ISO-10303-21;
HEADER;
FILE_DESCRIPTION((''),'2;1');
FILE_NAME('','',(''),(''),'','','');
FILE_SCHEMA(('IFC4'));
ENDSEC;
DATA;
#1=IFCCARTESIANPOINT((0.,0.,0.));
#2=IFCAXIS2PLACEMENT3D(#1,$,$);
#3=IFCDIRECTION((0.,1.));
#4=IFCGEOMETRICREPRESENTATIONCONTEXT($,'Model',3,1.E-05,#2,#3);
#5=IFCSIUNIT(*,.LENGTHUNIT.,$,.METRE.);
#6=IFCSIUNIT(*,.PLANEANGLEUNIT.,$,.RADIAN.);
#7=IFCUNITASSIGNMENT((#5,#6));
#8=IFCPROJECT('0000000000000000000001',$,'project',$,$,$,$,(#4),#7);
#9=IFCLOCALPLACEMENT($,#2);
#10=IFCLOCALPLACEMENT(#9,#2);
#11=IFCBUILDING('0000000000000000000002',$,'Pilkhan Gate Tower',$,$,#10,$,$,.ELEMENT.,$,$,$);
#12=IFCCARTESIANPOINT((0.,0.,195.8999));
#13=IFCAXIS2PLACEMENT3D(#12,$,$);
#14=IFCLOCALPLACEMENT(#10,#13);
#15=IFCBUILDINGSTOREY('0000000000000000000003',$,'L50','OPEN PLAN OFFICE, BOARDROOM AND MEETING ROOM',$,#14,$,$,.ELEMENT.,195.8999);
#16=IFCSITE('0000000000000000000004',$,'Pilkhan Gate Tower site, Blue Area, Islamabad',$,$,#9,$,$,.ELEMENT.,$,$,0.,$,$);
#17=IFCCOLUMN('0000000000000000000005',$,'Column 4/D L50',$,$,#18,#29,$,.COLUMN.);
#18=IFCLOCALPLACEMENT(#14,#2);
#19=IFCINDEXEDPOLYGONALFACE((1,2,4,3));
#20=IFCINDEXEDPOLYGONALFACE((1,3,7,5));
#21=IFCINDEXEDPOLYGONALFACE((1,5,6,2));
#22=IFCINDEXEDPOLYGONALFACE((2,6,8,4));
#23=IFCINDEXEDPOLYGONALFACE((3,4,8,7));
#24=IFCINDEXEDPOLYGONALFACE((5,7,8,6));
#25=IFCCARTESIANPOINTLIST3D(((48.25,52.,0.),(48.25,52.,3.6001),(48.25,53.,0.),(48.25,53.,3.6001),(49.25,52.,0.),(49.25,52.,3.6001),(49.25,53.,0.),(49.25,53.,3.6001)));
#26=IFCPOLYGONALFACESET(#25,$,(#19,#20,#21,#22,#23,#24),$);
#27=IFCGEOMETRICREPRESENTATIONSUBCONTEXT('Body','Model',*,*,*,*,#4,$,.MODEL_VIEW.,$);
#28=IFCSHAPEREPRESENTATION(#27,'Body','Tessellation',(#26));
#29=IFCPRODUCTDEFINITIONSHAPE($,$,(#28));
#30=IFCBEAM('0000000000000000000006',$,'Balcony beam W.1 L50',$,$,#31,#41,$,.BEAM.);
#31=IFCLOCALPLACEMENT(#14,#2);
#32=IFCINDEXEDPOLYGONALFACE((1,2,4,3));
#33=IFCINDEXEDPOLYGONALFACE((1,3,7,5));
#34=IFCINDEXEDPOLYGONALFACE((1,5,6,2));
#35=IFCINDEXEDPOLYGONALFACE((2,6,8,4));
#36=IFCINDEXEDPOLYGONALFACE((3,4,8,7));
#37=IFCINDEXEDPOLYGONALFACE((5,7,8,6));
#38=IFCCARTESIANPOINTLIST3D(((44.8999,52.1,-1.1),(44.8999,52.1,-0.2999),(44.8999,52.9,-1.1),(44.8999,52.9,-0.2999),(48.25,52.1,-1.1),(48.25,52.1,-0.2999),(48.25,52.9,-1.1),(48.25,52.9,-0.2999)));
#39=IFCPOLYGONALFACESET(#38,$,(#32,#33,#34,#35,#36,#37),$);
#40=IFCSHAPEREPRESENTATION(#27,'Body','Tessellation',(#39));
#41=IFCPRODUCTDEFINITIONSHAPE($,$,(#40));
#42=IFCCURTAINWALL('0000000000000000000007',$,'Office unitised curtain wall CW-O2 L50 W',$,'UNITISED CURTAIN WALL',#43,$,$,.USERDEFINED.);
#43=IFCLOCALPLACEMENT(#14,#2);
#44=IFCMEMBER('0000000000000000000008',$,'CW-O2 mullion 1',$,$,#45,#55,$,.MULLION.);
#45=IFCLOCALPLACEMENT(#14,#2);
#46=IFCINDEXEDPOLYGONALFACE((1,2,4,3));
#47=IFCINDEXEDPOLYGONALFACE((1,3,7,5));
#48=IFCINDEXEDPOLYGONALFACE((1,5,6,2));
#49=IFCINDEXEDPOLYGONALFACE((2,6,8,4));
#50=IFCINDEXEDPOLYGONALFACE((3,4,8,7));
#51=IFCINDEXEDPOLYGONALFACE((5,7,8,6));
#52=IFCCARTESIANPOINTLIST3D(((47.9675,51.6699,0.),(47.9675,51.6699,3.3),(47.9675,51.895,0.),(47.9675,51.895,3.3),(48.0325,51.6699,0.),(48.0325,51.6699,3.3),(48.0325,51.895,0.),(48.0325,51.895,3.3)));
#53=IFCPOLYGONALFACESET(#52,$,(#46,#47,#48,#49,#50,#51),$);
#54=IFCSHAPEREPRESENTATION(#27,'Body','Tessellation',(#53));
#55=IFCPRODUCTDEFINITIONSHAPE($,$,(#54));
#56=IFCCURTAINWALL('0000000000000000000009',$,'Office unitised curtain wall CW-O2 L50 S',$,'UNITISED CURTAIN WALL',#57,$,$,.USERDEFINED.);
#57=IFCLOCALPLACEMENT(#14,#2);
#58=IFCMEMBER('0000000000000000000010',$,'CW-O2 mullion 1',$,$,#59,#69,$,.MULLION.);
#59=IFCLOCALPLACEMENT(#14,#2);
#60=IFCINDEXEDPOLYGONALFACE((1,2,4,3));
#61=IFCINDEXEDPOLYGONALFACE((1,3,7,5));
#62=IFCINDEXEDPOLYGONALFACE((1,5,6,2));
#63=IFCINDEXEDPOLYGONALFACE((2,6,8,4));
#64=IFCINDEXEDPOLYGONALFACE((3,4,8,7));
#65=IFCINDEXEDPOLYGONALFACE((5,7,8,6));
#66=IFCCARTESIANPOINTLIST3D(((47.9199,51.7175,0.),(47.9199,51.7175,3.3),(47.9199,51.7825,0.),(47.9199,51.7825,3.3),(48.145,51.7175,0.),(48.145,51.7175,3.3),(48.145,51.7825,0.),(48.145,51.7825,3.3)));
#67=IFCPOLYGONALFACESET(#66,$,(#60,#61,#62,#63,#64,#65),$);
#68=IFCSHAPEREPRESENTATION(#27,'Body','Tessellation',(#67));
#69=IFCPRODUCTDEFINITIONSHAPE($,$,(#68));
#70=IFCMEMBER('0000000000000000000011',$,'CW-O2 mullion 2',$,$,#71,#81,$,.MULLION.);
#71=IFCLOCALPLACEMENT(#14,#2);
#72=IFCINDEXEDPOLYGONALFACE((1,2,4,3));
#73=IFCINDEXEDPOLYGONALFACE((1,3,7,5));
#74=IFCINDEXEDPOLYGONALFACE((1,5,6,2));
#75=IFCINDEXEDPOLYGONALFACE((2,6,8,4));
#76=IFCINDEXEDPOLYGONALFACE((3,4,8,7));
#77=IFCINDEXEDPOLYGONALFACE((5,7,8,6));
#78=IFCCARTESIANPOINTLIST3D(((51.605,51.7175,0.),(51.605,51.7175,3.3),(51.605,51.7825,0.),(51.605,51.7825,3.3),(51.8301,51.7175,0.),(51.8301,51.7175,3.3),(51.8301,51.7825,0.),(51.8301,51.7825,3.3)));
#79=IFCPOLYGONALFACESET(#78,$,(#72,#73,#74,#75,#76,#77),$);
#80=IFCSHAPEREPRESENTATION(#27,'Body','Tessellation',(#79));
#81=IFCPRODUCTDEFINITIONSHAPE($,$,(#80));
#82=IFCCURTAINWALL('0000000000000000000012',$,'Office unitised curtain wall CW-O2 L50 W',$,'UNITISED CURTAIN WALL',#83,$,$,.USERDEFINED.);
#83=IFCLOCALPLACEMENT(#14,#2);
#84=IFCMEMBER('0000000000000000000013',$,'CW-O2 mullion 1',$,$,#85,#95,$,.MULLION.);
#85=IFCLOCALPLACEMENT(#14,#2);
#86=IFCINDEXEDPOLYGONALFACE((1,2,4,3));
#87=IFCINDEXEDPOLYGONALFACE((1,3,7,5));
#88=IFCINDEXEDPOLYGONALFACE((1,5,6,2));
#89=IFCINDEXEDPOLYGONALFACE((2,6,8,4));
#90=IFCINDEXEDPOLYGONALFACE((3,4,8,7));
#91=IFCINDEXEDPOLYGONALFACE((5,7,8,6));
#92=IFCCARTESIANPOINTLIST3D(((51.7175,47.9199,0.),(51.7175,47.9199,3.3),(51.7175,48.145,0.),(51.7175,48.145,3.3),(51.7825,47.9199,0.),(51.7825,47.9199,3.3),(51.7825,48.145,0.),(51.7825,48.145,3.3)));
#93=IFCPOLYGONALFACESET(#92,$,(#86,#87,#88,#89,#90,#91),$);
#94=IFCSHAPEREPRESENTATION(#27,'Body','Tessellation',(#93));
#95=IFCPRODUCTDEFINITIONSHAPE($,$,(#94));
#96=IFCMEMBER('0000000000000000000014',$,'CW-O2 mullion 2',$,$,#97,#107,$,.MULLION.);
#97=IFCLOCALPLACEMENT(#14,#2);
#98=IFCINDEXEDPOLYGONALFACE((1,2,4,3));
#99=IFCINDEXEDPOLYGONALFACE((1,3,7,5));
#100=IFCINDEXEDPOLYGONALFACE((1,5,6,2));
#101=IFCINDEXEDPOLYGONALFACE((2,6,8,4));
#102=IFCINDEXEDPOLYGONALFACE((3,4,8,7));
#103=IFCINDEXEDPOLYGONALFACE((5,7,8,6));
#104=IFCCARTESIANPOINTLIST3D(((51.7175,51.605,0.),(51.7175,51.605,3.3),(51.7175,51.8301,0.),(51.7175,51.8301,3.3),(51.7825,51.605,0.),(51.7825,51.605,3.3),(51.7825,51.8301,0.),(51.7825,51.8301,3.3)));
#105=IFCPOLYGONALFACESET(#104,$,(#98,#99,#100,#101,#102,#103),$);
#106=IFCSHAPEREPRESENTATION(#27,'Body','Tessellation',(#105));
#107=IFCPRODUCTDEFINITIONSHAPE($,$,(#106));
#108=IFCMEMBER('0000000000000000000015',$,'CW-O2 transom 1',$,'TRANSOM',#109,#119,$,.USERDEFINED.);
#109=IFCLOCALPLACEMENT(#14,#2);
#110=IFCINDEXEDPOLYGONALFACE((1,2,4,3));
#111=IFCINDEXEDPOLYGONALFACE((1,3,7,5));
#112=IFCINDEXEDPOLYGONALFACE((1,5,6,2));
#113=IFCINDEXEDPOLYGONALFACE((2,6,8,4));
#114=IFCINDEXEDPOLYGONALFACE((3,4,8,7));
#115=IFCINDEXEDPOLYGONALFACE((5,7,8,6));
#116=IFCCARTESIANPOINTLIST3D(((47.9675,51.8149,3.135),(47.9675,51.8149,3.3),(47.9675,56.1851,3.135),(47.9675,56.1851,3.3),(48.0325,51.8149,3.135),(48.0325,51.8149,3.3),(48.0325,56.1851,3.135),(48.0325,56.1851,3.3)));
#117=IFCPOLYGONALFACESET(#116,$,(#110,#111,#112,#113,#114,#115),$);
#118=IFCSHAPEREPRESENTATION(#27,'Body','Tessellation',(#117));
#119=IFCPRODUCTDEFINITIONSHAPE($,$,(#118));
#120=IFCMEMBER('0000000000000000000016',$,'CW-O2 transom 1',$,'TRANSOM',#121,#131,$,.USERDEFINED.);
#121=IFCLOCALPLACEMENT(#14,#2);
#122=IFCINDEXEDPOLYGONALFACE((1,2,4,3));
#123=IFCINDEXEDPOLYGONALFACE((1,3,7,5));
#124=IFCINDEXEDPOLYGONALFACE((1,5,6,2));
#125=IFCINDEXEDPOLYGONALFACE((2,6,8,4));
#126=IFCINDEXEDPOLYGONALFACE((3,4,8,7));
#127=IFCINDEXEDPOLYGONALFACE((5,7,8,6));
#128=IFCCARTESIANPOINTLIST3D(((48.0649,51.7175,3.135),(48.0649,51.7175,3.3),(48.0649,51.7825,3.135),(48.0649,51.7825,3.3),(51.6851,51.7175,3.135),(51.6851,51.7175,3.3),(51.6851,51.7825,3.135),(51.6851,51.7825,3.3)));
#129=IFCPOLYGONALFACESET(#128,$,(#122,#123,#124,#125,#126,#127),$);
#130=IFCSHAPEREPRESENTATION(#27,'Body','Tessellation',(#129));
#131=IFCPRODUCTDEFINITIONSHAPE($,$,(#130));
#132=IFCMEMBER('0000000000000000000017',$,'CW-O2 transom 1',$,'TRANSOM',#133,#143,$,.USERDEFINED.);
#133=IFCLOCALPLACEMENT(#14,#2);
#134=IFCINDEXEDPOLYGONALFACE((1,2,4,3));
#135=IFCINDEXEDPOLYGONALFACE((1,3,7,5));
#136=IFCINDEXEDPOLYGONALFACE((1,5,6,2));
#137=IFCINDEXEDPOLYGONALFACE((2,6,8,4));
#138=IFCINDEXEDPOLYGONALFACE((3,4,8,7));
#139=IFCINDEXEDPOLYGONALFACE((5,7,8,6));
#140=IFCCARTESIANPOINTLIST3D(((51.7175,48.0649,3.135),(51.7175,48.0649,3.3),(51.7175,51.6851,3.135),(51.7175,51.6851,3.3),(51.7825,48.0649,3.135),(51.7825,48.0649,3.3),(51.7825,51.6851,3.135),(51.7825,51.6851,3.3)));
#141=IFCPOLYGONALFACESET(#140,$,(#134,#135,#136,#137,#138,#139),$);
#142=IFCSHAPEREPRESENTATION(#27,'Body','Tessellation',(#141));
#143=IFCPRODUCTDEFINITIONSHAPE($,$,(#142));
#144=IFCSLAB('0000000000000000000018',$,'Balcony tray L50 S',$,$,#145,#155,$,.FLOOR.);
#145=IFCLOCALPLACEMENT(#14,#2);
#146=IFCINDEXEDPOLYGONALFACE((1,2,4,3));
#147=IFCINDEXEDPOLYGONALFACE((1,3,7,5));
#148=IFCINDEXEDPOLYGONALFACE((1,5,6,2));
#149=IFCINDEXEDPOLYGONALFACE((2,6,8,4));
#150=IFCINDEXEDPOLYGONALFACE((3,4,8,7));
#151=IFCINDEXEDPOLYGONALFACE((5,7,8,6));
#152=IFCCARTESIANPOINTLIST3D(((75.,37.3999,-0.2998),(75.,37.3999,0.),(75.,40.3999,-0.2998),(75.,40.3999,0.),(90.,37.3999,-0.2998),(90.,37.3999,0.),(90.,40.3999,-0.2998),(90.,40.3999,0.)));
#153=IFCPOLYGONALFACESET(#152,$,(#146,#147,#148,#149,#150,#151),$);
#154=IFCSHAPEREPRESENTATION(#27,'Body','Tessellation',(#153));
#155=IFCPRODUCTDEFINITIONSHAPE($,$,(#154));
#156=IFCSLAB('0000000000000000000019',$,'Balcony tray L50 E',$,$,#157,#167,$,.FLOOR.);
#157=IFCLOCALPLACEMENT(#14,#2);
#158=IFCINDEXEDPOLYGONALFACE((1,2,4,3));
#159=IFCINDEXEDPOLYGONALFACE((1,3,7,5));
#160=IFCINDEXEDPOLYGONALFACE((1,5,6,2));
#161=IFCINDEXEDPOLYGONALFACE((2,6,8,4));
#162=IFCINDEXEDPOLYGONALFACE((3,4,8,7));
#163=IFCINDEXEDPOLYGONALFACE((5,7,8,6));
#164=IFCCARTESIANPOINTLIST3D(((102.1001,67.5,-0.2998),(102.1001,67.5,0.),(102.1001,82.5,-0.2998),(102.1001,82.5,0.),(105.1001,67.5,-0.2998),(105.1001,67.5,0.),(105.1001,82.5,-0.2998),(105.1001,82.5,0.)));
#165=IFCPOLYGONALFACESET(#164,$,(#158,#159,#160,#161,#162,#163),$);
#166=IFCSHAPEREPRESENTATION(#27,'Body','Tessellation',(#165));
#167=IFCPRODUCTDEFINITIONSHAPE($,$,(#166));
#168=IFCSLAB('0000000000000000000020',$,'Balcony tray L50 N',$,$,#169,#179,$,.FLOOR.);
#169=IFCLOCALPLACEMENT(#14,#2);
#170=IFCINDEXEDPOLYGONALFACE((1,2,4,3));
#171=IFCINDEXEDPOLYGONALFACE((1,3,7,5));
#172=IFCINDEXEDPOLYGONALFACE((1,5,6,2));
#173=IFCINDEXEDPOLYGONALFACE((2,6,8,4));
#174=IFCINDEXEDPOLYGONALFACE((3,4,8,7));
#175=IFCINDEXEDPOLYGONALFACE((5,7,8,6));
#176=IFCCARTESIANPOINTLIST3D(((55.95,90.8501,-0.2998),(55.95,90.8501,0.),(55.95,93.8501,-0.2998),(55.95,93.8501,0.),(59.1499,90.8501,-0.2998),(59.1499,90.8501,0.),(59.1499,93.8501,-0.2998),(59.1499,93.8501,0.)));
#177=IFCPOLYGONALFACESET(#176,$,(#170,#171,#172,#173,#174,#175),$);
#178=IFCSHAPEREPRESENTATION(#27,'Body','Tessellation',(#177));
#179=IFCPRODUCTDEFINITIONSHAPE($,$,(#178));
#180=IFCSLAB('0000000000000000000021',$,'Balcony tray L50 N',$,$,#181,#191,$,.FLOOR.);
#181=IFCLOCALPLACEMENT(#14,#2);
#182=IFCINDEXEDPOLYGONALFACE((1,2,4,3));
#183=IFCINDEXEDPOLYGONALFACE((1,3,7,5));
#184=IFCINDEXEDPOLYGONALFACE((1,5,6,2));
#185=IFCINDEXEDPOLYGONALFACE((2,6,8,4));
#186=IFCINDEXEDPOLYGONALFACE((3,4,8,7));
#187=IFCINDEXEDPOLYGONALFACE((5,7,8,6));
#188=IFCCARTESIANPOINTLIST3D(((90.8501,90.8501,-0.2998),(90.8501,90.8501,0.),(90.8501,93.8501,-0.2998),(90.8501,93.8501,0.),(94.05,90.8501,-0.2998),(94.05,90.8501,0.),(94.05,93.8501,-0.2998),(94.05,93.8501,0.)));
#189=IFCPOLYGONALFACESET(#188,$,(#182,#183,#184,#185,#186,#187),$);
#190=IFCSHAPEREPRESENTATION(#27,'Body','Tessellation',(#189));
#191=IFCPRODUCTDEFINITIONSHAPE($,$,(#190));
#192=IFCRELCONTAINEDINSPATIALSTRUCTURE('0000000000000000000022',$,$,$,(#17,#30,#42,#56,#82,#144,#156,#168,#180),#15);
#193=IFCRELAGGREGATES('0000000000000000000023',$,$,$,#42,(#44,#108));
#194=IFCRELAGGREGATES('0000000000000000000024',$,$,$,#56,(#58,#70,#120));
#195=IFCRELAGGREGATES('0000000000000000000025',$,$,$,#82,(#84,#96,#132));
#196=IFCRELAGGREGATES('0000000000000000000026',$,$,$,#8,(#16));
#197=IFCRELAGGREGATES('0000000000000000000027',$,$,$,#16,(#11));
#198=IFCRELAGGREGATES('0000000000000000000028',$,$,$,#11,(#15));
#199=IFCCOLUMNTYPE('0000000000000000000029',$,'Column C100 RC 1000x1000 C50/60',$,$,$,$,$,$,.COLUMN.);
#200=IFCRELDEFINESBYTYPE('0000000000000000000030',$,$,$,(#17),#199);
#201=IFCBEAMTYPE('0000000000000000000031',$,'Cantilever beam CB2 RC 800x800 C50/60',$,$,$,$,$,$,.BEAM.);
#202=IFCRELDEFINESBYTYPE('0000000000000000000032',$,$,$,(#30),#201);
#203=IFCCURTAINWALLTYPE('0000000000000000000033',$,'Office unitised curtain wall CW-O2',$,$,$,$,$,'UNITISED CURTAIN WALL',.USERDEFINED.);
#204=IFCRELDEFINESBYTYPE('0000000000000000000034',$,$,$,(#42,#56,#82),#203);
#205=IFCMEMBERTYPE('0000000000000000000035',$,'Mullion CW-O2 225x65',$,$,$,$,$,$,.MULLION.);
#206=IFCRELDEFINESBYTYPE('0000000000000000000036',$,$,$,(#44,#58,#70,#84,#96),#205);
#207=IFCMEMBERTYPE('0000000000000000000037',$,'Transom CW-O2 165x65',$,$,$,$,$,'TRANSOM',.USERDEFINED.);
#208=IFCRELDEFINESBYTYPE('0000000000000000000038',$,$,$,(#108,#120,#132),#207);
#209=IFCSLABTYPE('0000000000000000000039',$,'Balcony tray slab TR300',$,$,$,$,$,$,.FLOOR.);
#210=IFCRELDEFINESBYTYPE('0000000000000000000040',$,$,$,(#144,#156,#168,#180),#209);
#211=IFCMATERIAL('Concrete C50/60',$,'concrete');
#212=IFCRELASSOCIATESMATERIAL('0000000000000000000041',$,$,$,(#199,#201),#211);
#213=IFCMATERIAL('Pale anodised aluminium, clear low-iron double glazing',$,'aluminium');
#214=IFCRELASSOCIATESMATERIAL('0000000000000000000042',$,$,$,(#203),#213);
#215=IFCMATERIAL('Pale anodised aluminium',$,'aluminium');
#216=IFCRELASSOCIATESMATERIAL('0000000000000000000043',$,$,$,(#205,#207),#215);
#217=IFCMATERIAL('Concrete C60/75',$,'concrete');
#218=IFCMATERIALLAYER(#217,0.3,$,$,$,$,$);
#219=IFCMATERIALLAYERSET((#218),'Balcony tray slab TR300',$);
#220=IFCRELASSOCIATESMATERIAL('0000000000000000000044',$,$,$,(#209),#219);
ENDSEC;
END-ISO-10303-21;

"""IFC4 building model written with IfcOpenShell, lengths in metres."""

from ifc_helpers import new_model, si_unit, direction, frame, origin, origin_2d, place, context, subcontext, project, spatial, polyline, rectangle, outline, extrude, material, layer, layer_set, material_profile, profile_set, type_object, element, aggregate, save


model = new_model("IFC4")

# Units and contexts
model_context = context("Model", 3, precision=1e-05, world=origin(), true_north=direction((0.0, 1.0)))
body_context = subcontext(model_context, "Body", "Model", "MODEL_VIEW")
ifc_project = project(units=[si_unit("LENGTHUNIT", "METRE"), si_unit("PLANEANGLEUNIT", "RADIAN")], contexts=[model_context])

# Site, building, storey
site_placement = place(None, origin())
site = spatial("IfcSite", under=ifc_project, at=site_placement, Name="Pilkhan Gate Tower site, Blue Area, Islamabad", CompositionType="ELEMENT", RefElevation=0.0)
building_placement = place(site_placement, origin())
building = spatial("IfcBuilding", under=site, at=building_placement, Name="Pilkhan Gate Tower", CompositionType="ELEMENT")
storey_placement = place(building_placement, frame((0.0, 0.0, 195.8999)))
storey = spatial("IfcBuildingStorey", under=building, at=storey_placement, Name="L50", Description="OPEN PLAN OFFICE, BOARDROOM AND MEETING ROOM", CompositionType="ELEMENT", Elevation=195.8999)

# Column
ifc_material_1 = material(Name="Concrete C50/60", Category="concrete")
ifc_material_profile_1 = material_profile(ifc_material_1, rectangle(XDim=1.0, YDim=1.0, at=origin_2d()), Name="RC 1000x1000")
ifc_profile_set_1 = profile_set([ifc_material_profile_1], Name="Concrete C50/60")
column_type = type_object("IfcColumnType", Name="Column C100 RC 1000x1000 C50/60", PredefinedType="COLUMN", material=ifc_profile_set_1)
column_placement = place(storey_placement, frame((48.75, 52.5, 0.0), z_axis=(0.0, 0.0, 1.0), x_axis=(1.0, 0.0, 0.0)))
element("IfcColumn", 1, at=column_placement, inside=storey, type_object=column_type, Name="Column 4/D L50", PredefinedType="COLUMN", context=body_context, shape_type="SweptSolid", body=[
    extrude(rectangle(XDim=1.0, YDim=1.0, at=origin_2d()), origin(), (0.0, 0.0, 1.0), 3.6001),
])

# Beam
ifc_material_profile_2 = material_profile(ifc_material_1, rectangle(XDim=0.8, YDim=0.8, at=origin_2d()), Name="RC 800x800")
ifc_profile_set_2 = profile_set([ifc_material_profile_2], Name="Concrete C50/60")
beam_type = type_object("IfcBeamType", Name="Cantilever beam CB2 RC 800x800 C50/60", PredefinedType="BEAM", material=ifc_profile_set_2)
beam_placement = place(storey_placement, frame((48.25, 52.5, -0.7), z_axis=(-1.0, 0.0, 0.0), x_axis=(0.0, -1.0, 0.0)))
element("IfcBeam", 2, at=beam_placement, inside=storey, type_object=beam_type, Name="Balcony beam W.1 L50", PredefinedType="BEAM", context=body_context, shape_type="SweptSolid", body=[
    extrude(rectangle(XDim=0.8, YDim=0.8, at=origin_2d()), origin(), (0.0, 0.0, 1.0), 3.3501),
])

# Curtain wall, member
ifc_material_2 = material(Name="Pale anodised aluminium, clear low-iron double glazing", Category="aluminium")
curtain_wall_type = type_object("IfcCurtainWallType", Name="Office unitised curtain wall CW-O2", ElementType="UNITISED CURTAIN WALL", PredefinedType="USERDEFINED", material=ifc_material_2)
curtain_wall_1_placement = place(storey_placement, origin())
curtain_wall_1 = element("IfcCurtainWall", 3, at=curtain_wall_1_placement, inside=storey, type_object=curtain_wall_type, Name="Office unitised curtain wall CW-O2 L50 W", ObjectType="UNITISED CURTAIN WALL", PredefinedType="USERDEFINED")
ifc_material_3 = material(Name="Pale anodised aluminium", Category="aluminium")
ifc_material_profile_3 = material_profile(ifc_material_3, rectangle(XDim=0.0649, YDim=0.2251, at=origin_2d()), Name="Mullion 225x65")
ifc_profile_set_3 = profile_set([ifc_material_profile_3], Name="Pale anodised aluminium")
member_type_1 = type_object("IfcMemberType", Name="Mullion CW-O2 225x65", PredefinedType="MULLION", material=ifc_profile_set_3)
member_1_placement = place(storey_placement, frame((48.0, 51.7825, 0.0), z_axis=(0.0, 0.0, 1.0), x_axis=(-1.0, 0.0, 0.0)))
member_1 = element("IfcMember", 4, at=member_1_placement, type_object=member_type_1, Name="CW-O2 mullion 1", PredefinedType="MULLION", context=body_context, shape_type="SweptSolid", body=[
    extrude(rectangle(XDim=0.0649, YDim=0.2251, at=origin_2d()), origin(), (0.0, 0.0, 1.0), 3.3),
])

# Curtain walls, members
curtain_wall_2_placement = place(storey_placement, origin())
curtain_wall_2 = element("IfcCurtainWall", 5, at=curtain_wall_2_placement, inside=storey, type_object=curtain_wall_type, Name="Office unitised curtain wall CW-O2 L50 S", ObjectType="UNITISED CURTAIN WALL", PredefinedType="USERDEFINED")
member_2_placement = place(storey_placement, frame((48.0325, 51.75, 0.0), z_axis=(0.0, 0.0, 1.0), x_axis=(0.0, 1.0, 0.0)))
member_2 = element("IfcMember", 6, at=member_2_placement, type_object=member_type_1, Name="CW-O2 mullion 1", PredefinedType="MULLION", context=body_context, shape_type="SweptSolid", body=[
    extrude(rectangle(XDim=0.0649, YDim=0.2251, at=origin_2d()), origin(), (0.0, 0.0, 1.0), 3.3),
])
member_3_placement = place(storey_placement, frame((51.7175, 51.75, 0.0), z_axis=(0.0, 0.0, 1.0), x_axis=(0.0, 1.0, 0.0)))
member_3 = element("IfcMember", 7, at=member_3_placement, type_object=member_type_1, Name="CW-O2 mullion 2", PredefinedType="MULLION", context=body_context, shape_type="SweptSolid", body=[
    extrude(rectangle(XDim=0.0649, YDim=0.2251, at=origin_2d()), origin(), (0.0, 0.0, 1.0), 3.3),
])
curtain_wall_3_placement = place(storey_placement, origin())
curtain_wall_3 = element("IfcCurtainWall", 8, at=curtain_wall_3_placement, inside=storey, type_object=curtain_wall_type, Name="Office unitised curtain wall CW-O2 L50 W", ObjectType="UNITISED CURTAIN WALL", PredefinedType="USERDEFINED")
member_4_placement = place(storey_placement, frame((51.75, 48.0325, 0.0), z_axis=(0.0, 0.0, 1.0), x_axis=(-1.0, 0.0, 0.0)))
member_4 = element("IfcMember", 9, at=member_4_placement, type_object=member_type_1, Name="CW-O2 mullion 1", PredefinedType="MULLION", context=body_context, shape_type="SweptSolid", body=[
    extrude(rectangle(XDim=0.0649, YDim=0.2251, at=origin_2d()), origin(), (0.0, 0.0, 1.0), 3.3),
])
member_5_placement = place(storey_placement, frame((51.75, 51.7175, 0.0), z_axis=(0.0, 0.0, 1.0), x_axis=(-1.0, 0.0, 0.0)))
member_5 = element("IfcMember", 10, at=member_5_placement, type_object=member_type_1, Name="CW-O2 mullion 2", PredefinedType="MULLION", context=body_context, shape_type="SweptSolid", body=[
    extrude(rectangle(XDim=0.0649, YDim=0.2251, at=origin_2d()), origin(), (0.0, 0.0, 1.0), 3.3),
])

# Members
ifc_material_profile_4 = material_profile(ifc_material_3, rectangle(XDim=0.0649, YDim=0.165, at=origin_2d()), Name="Transom 165x65")
ifc_profile_set_4 = profile_set([ifc_material_profile_4], Name="Pale anodised aluminium")
member_type_2 = type_object("IfcMemberType", Name="Transom CW-O2 165x65", ElementType="TRANSOM", PredefinedType="USERDEFINED", material=ifc_profile_set_4)
member_6_placement = place(storey_placement, frame((48.0, 51.8149, 3.2175), z_axis=(0.0, 1.0, 0.0), x_axis=(-1.0, 0.0, 0.0)))
member_6 = element("IfcMember", 11, at=member_6_placement, type_object=member_type_2, Name="CW-O2 transom 1", ObjectType="TRANSOM", PredefinedType="USERDEFINED", context=body_context, shape_type="SweptSolid", body=[
    extrude(rectangle(XDim=0.0649, YDim=0.165, at=origin_2d()), origin(), (0.0, 0.0, 1.0), 4.3701),
])
aggregate(curtain_wall_1, [member_1, member_6])
member_7_placement = place(storey_placement, frame((48.0649, 51.75, 3.2175), z_axis=(1.0, 0.0, 0.0), x_axis=(0.0, 1.0, 0.0)))
member_7 = element("IfcMember", 12, at=member_7_placement, type_object=member_type_2, Name="CW-O2 transom 1", ObjectType="TRANSOM", PredefinedType="USERDEFINED", context=body_context, shape_type="SweptSolid", body=[
    extrude(rectangle(XDim=0.0649, YDim=0.165, at=origin_2d()), origin(), (0.0, 0.0, 1.0), 3.6201),
])
member_8_placement = place(storey_placement, frame((51.75, 48.0649, 3.2175), z_axis=(0.0, 1.0, 0.0), x_axis=(-1.0, 0.0, 0.0)))
member_8 = element("IfcMember", 13, at=member_8_placement, type_object=member_type_2, Name="CW-O2 transom 1", ObjectType="TRANSOM", PredefinedType="USERDEFINED", context=body_context, shape_type="SweptSolid", body=[
    extrude(rectangle(XDim=0.0649, YDim=0.165, at=origin_2d()), origin(), (0.0, 0.0, 1.0), 3.6201),
])

# Slabs
ifc_material_4 = material(Name="Concrete C60/75", Category="concrete")
ifc_layer_1 = layer(ifc_material_4, 0.3)
ifc_layer_set_1 = layer_set([ifc_layer_1], Name="Balcony tray slab TR300")
slab_type_1 = type_object("IfcSlabType", Name="Balcony tray slab TR300", PredefinedType="FLOOR", material=ifc_layer_set_1)
slab_1_placement = place(storey_placement, frame((0.0, 0.0, -0.2998)))
element("IfcSlab", 14, at=slab_1_placement, inside=storey, type_object=slab_type_1, Name="Balcony tray L50 S", PredefinedType="FLOOR", context=body_context, shape_type="SweptSolid", body=[
    extrude(outline(polyline([(90.0, 37.3999), (90.0, 40.3999), (75.0, 40.3999), (75.0, 37.3999), (90.0, 37.3999)])), origin(), (0.0, 0.0, 1.0), 0.2998),
])
slab_2_placement = place(storey_placement, frame((0.0, 0.0, -0.2998)))
element("IfcSlab", 15, at=slab_2_placement, inside=storey, type_object=slab_type_1, Name="Balcony tray L50 E", PredefinedType="FLOOR", context=body_context, shape_type="SweptSolid", body=[
    extrude(outline(polyline([(105.1001, 67.5), (105.1001, 82.5), (102.1001, 82.5), (102.1001, 67.5), (105.1001, 67.5)])), origin(), (0.0, 0.0, 1.0), 0.2998),
])
slab_3_placement = place(storey_placement, frame((0.0, 0.0, -0.2998)))
element("IfcSlab", 16, at=slab_3_placement, inside=storey, type_object=slab_type_1, Name="Balcony tray L50 N", PredefinedType="FLOOR", context=body_context, shape_type="SweptSolid", body=[
    extrude(outline(polyline([(59.1499, 90.8501), (59.1499, 93.8501), (55.95, 93.8501), (55.95, 90.8501), (59.1499, 90.8501)])), origin(), (0.0, 0.0, 1.0), 0.2998),
])
slab_4_placement = place(storey_placement, frame((0.0, 0.0, -0.2998)))
element("IfcSlab", 17, at=slab_4_placement, inside=storey, type_object=slab_type_1, Name="Balcony tray L50 N", PredefinedType="FLOOR", context=body_context, shape_type="SweptSolid", body=[
    extrude(outline(polyline([(94.05, 90.8501), (94.05, 93.8501), (90.8501, 93.8501), (90.8501, 90.8501), (94.05, 90.8501)])), origin(), (0.0, 0.0, 1.0), 0.2998),
])

aggregate(curtain_wall_2, [member_2, member_3, member_7])
aggregate(curtain_wall_3, [member_4, member_5, member_8])

save(model, "model.ifc")
